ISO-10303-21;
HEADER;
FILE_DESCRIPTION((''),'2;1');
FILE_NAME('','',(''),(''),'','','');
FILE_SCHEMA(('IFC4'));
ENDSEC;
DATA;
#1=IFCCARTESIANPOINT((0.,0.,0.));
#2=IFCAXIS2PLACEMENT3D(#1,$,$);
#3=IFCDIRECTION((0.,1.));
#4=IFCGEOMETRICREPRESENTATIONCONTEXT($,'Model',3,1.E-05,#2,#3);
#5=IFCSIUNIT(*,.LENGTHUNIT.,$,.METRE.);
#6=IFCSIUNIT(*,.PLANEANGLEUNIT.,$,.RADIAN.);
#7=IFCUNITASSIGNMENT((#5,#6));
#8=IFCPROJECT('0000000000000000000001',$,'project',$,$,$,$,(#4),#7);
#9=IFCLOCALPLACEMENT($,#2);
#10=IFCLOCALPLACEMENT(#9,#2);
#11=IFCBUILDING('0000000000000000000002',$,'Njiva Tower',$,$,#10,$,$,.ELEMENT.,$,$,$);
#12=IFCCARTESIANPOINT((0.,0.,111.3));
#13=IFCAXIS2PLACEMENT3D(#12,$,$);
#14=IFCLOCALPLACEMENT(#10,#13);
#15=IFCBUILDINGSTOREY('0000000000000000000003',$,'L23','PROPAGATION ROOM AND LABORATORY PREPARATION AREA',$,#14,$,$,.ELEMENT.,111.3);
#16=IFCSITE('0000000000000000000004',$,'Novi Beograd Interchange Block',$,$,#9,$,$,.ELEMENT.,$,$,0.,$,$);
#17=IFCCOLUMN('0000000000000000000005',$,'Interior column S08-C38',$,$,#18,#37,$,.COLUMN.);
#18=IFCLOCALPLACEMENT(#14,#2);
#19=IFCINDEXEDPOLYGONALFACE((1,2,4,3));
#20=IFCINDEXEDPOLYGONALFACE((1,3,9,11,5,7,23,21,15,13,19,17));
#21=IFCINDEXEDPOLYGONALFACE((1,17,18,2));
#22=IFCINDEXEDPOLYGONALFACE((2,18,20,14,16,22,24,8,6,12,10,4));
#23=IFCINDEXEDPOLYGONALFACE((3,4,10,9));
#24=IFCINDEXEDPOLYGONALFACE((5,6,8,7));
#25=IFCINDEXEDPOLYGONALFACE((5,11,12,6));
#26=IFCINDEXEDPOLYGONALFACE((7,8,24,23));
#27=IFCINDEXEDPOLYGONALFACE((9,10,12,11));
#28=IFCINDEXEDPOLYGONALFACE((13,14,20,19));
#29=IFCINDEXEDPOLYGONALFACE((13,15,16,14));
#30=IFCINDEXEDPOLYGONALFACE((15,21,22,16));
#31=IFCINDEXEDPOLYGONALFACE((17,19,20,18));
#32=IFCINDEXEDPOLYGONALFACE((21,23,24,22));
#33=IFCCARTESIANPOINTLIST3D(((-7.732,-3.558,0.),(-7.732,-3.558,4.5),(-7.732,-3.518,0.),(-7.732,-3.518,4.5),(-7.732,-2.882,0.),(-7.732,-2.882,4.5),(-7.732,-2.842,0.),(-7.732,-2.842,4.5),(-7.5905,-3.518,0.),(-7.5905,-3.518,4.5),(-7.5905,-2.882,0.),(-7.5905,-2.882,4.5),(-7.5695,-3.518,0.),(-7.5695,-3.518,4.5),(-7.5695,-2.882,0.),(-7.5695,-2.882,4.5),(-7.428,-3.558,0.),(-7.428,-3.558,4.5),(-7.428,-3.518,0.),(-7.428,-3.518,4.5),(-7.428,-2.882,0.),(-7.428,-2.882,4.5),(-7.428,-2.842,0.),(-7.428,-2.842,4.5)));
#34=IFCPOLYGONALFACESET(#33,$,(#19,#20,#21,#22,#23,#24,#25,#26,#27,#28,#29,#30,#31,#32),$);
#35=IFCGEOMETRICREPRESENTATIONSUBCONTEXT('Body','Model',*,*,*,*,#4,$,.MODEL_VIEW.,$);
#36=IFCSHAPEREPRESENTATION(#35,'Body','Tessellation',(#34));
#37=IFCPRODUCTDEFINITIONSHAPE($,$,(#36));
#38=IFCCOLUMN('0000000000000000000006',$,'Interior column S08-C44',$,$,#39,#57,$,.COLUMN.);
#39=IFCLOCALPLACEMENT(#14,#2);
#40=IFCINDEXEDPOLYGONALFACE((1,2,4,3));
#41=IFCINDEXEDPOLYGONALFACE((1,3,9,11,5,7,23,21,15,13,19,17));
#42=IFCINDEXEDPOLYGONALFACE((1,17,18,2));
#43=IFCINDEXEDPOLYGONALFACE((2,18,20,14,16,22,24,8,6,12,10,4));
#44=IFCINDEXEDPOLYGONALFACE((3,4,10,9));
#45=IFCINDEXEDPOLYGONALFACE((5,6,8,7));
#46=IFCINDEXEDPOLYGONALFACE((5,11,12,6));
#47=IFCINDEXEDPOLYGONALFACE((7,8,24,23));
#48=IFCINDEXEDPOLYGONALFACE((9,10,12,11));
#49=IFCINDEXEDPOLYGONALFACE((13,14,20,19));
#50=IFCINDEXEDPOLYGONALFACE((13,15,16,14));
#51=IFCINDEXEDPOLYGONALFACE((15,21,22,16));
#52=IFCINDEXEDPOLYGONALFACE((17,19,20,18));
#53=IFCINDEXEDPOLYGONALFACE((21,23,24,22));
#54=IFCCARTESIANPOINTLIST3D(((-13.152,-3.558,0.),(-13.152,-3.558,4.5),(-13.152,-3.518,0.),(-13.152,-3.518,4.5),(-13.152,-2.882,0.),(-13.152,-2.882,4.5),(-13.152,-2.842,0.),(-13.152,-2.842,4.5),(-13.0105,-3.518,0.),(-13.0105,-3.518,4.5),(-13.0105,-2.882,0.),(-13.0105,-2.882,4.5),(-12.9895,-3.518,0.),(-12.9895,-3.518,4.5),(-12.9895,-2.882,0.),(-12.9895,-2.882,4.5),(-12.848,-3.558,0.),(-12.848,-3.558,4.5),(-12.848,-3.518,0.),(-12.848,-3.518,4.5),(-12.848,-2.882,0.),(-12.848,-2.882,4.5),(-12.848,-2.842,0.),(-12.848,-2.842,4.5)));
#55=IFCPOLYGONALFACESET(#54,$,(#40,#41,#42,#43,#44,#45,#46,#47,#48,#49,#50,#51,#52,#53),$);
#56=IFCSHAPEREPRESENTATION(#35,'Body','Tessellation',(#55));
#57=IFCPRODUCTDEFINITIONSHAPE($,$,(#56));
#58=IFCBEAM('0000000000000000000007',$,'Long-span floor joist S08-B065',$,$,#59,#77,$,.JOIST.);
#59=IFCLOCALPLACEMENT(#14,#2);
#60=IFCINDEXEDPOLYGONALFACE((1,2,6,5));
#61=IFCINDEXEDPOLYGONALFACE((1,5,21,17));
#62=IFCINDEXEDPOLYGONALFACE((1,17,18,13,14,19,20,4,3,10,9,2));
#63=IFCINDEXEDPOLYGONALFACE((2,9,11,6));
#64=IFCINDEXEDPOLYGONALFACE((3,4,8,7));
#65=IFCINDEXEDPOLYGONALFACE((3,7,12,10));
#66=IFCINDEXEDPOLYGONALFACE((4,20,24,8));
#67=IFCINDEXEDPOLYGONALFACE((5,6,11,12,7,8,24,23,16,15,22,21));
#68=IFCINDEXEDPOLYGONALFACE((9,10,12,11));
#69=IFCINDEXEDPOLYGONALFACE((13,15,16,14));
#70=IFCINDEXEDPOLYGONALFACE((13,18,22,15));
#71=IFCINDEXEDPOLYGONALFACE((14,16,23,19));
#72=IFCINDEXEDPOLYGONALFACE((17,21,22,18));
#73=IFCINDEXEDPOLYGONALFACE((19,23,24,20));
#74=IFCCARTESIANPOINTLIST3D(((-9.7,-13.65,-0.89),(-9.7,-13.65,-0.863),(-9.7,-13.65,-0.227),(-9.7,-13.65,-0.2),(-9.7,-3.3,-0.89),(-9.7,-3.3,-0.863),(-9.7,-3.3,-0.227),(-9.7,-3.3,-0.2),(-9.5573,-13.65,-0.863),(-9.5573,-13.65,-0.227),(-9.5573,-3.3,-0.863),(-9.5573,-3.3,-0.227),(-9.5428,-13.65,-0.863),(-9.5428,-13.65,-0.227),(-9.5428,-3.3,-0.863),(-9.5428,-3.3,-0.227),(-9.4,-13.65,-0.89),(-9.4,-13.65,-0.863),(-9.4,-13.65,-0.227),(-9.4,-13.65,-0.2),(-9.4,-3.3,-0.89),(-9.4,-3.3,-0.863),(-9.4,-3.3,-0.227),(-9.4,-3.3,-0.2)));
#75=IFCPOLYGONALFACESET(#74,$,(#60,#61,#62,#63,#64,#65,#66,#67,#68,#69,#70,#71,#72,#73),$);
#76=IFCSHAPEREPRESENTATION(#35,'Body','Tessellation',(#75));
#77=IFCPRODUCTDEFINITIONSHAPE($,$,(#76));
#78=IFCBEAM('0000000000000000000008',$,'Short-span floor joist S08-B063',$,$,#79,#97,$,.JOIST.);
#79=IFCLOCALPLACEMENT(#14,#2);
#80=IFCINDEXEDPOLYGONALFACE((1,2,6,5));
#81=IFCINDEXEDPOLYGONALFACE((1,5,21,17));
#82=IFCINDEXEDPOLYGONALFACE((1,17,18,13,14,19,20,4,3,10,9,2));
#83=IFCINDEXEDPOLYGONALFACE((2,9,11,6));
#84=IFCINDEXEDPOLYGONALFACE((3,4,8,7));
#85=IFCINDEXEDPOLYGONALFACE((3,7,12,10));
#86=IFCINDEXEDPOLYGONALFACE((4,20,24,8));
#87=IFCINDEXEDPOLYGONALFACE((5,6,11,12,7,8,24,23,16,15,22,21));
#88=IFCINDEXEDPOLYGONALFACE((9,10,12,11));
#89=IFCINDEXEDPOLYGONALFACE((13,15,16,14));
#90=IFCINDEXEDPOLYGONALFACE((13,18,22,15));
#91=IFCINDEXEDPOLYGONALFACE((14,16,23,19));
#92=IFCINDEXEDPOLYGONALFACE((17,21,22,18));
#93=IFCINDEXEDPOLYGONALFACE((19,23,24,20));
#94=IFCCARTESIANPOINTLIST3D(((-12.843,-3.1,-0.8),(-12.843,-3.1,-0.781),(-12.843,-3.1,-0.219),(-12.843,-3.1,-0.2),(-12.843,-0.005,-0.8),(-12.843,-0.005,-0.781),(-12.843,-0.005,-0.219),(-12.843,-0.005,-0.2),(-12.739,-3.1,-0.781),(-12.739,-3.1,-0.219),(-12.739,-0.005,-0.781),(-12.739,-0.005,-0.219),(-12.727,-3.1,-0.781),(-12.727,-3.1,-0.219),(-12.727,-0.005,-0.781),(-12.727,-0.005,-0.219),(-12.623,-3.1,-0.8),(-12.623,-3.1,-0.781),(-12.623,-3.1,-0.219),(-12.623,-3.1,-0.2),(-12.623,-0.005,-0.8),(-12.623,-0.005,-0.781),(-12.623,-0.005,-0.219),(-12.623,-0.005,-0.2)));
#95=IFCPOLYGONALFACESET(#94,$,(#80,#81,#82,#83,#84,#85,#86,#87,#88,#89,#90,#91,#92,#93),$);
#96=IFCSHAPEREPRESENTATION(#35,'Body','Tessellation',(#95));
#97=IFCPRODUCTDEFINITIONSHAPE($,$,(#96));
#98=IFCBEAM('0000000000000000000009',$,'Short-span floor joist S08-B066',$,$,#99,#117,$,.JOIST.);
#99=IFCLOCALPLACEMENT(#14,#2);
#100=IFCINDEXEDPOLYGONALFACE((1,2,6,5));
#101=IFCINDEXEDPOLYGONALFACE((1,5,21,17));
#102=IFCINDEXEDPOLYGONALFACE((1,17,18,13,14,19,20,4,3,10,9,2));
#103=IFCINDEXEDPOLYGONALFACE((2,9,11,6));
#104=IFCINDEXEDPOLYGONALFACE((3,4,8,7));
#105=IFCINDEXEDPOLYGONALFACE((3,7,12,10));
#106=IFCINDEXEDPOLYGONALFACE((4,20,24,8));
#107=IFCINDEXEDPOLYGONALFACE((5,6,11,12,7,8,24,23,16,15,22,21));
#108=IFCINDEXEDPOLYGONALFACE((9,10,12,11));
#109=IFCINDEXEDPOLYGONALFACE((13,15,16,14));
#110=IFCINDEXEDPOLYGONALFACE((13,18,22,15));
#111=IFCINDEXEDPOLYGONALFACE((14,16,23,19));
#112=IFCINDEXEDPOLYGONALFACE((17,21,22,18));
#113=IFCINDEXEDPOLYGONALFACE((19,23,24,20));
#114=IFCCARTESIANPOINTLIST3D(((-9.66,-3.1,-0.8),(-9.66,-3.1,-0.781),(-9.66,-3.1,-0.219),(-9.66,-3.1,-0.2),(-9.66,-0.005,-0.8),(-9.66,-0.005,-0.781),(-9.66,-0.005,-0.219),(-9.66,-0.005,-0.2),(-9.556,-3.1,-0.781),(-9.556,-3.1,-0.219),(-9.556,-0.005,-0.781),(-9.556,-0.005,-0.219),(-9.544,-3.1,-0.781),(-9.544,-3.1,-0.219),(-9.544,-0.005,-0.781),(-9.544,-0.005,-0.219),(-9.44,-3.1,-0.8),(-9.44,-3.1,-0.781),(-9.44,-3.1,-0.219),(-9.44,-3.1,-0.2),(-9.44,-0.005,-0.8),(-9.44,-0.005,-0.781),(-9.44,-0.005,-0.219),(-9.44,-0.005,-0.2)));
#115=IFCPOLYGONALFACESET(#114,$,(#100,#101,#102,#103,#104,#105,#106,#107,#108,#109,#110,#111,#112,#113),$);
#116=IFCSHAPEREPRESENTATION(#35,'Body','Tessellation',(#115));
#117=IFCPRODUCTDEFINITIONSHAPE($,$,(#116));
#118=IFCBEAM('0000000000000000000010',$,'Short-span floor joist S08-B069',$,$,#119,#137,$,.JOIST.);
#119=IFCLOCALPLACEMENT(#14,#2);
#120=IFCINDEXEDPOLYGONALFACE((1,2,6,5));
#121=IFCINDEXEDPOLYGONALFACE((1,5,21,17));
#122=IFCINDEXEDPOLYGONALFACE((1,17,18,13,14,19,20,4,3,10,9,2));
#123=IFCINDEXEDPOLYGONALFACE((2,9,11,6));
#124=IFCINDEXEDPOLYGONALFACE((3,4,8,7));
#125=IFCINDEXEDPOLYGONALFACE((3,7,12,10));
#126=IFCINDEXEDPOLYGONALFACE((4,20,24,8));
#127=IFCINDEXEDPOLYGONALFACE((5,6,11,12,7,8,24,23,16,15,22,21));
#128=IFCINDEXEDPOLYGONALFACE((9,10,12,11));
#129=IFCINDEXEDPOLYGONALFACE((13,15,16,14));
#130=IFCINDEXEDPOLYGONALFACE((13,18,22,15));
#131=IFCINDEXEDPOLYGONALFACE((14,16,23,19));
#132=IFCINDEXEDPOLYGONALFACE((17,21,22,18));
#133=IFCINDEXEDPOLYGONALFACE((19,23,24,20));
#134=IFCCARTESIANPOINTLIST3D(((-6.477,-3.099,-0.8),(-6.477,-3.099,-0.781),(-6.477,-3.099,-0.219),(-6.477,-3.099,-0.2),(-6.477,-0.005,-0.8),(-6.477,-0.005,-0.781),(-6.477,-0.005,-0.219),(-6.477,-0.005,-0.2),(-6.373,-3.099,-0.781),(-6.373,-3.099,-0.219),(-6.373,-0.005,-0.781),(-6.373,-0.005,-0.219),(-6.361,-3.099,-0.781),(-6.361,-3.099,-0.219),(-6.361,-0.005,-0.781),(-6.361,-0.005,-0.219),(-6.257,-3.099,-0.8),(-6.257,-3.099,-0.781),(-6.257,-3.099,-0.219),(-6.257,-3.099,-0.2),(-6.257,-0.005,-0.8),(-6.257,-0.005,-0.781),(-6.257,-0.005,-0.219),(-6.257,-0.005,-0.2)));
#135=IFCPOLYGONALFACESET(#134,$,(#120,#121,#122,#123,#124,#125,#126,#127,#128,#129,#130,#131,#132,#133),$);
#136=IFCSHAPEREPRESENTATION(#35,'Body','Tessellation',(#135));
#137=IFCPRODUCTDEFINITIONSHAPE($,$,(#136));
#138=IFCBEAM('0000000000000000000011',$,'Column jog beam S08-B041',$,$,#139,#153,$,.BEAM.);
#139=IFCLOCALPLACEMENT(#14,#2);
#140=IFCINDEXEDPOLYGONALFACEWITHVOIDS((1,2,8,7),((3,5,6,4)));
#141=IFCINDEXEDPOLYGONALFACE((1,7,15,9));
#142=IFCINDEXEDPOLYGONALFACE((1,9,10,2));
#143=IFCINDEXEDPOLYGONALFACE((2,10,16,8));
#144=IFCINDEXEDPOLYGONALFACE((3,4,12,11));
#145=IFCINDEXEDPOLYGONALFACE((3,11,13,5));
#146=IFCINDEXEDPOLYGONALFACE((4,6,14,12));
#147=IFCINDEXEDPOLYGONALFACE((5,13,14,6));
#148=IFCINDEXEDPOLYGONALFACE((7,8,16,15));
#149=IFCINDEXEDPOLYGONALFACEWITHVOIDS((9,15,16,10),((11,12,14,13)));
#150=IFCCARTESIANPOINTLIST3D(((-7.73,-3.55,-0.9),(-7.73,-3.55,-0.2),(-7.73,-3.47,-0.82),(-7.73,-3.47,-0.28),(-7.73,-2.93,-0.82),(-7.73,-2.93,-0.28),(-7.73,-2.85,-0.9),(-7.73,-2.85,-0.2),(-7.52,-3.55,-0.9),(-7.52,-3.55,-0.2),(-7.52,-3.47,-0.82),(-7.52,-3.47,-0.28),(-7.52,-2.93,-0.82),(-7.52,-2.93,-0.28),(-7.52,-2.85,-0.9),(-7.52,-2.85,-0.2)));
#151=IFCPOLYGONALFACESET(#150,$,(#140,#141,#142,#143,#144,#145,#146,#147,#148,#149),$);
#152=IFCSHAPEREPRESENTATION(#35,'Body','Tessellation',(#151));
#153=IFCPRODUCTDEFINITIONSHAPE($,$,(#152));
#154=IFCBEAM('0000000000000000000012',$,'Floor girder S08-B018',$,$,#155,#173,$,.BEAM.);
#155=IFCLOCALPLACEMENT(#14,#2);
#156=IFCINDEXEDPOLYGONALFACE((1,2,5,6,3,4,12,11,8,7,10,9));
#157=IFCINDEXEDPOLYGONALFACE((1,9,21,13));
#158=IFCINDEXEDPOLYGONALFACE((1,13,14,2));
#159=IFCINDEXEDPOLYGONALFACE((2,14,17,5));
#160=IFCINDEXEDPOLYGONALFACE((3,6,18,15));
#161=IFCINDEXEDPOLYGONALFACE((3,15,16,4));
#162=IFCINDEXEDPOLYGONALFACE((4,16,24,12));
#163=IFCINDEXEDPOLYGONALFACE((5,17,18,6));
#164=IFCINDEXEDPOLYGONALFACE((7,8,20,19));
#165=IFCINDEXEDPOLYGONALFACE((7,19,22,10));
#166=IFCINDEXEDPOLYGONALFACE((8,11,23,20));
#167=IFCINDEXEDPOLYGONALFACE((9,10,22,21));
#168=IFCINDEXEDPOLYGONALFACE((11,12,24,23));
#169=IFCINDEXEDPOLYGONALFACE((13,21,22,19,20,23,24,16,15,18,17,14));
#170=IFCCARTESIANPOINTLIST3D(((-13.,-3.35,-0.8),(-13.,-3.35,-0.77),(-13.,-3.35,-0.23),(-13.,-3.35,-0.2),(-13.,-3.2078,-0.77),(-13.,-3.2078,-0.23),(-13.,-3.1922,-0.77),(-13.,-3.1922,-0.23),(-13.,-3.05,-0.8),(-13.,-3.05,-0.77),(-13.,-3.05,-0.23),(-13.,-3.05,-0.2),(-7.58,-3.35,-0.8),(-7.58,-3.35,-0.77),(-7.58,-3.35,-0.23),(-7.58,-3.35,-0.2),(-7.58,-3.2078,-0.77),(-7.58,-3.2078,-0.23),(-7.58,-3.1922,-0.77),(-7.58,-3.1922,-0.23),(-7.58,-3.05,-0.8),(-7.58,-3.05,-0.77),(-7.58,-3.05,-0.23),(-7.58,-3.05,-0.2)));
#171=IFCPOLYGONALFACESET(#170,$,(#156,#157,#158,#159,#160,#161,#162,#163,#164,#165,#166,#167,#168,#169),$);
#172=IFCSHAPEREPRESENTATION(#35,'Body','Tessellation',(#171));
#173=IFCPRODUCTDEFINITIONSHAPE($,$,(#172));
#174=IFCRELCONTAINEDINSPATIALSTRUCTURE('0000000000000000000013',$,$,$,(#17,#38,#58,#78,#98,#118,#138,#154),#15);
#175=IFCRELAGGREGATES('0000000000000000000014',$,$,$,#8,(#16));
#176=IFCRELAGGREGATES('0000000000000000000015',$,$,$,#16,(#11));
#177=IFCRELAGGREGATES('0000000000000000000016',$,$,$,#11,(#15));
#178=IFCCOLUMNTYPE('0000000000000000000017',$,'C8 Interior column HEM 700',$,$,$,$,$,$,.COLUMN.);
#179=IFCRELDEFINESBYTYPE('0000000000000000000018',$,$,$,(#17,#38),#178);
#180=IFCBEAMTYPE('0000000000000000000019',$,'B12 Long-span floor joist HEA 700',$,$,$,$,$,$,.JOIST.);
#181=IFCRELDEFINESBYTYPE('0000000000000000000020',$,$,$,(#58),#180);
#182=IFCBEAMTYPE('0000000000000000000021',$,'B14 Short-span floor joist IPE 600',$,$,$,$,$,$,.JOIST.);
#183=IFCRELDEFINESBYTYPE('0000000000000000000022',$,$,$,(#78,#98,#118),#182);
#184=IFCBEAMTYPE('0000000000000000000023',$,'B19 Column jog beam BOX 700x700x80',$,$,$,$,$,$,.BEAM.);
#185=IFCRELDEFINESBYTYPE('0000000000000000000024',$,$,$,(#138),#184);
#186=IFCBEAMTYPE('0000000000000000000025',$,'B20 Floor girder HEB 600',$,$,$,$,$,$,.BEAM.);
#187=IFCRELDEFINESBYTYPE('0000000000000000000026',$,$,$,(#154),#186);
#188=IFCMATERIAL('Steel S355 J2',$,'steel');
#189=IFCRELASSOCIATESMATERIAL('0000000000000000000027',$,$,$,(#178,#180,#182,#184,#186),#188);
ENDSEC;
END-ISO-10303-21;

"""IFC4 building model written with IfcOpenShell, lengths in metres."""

from ifc_helpers import new_model, si_unit, direction, frame, origin, origin_2d, place, context, subcontext, project, spatial, hollow_rectangle, i_section, extrude, material, material_profile, profile_set, type_object, element, save


model = new_model("IFC4")

# Units and contexts
model_context = context("Model", 3, precision=1e-05, world=origin(), true_north=direction((0.0, 1.0)))
body_context = subcontext(model_context, "Body", "Model", "MODEL_VIEW")
ifc_project = project(units=[si_unit("LENGTHUNIT", "METRE"), si_unit("PLANEANGLEUNIT", "RADIAN")], contexts=[model_context])

# Site, building, storey
site_placement = place(None, origin())
site = spatial("IfcSite", under=ifc_project, at=site_placement, Name="Novi Beograd Interchange Block", CompositionType="ELEMENT", RefElevation=0.0)
building_placement = place(site_placement, origin())
building = spatial("IfcBuilding", under=site, at=building_placement, Name="Njiva Tower", CompositionType="ELEMENT")
storey_placement = place(building_placement, frame((0.0, 0.0, 111.3)))
storey = spatial("IfcBuildingStorey", under=building, at=storey_placement, Name="L23", Description="PROPAGATION ROOM AND LABORATORY PREPARATION AREA", CompositionType="ELEMENT", Elevation=111.3)

# Columns
ifc_material_1 = material(Name="Steel S355 J2", Category="steel")
ifc_material_profile_1 = material_profile(ifc_material_1, i_section(OverallWidth=0.304, OverallDepth=0.716, WebThickness=0.021, FlangeThickness=0.04, at=origin_2d()), Name="HEM 700")
ifc_profile_set_1 = profile_set([ifc_material_profile_1], Name="Steel S355 J2")
column_type = type_object("IfcColumnType", Name="C8 Interior column HEM 700", PredefinedType="COLUMN", material=ifc_profile_set_1)
for number, where, z_axis, x_axis, name in (
    (1, (-7.58, -3.2, 0.0), (0.0, 0.0, 1.0), (1.0, 0.0, 0.0), "Interior column S08-C38"),
    (2, (-13.0, -3.2, 0.0), (0.0, 0.0, 1.0), (1.0, 0.0, 0.0), "Interior column S08-C44"),
):
    element("IfcColumn", number, at=place(storey_placement, frame(where, z_axis=z_axis, x_axis=x_axis)), inside=storey, type_object=column_type, Name=name, PredefinedType="COLUMN", context=body_context, shape_type="SweptSolid", body=[
        extrude(i_section(OverallWidth=0.304, OverallDepth=0.716, WebThickness=0.021, FlangeThickness=0.04, at=origin_2d()), origin(), (0.0, 0.0, 1.0), 4.5),
    ])

# Beams
ifc_material_profile_2 = material_profile(ifc_material_1, i_section(OverallWidth=0.3, OverallDepth=0.69, WebThickness=0.0145, FlangeThickness=0.027, at=origin_2d()), Name="HEA 700")
ifc_profile_set_2 = profile_set([ifc_material_profile_2], Name="Steel S355 J2")
beam_type_1 = type_object("IfcBeamType", Name="B12 Long-span floor joist HEA 700", PredefinedType="JOIST", material=ifc_profile_set_2)
beam_1_placement = place(storey_placement, frame((-9.55, -3.3, -0.545), z_axis=(0.0, -1.0, 0.0), x_axis=(1.0, 0.0, 0.0)))
element("IfcBeam", 3, at=beam_1_placement, inside=storey, type_object=beam_type_1, Name="Long-span floor joist S08-B065", PredefinedType="JOIST", context=body_context, shape_type="SweptSolid", body=[
    extrude(i_section(OverallWidth=0.3, OverallDepth=0.69, WebThickness=0.0145, FlangeThickness=0.027, at=origin_2d()), origin(), (0.0, 0.0, 1.0), 10.35),
])
ifc_material_profile_3 = material_profile(ifc_material_1, i_section(OverallWidth=0.22, OverallDepth=0.6, WebThickness=0.012, FlangeThickness=0.019, at=origin_2d()), Name="IPE 600")
ifc_profile_set_3 = profile_set([ifc_material_profile_3], Name="Steel S355 J2")
beam_type_2 = type_object("IfcBeamType", Name="B14 Short-span floor joist IPE 600", PredefinedType="JOIST", material=ifc_profile_set_3)
for number, where, z_axis, x_axis, name in (
    (4, (-12.733, -0.005, -0.5), (0.0, -1.0, 0.0), (1.0, 0.0, 0.0), "Short-span floor joist S08-B063"),
    (5, (-9.55, -0.005, -0.5), (0.0, -1.0, 0.0), (1.0, 0.0, 0.0), "Short-span floor joist S08-B066"),
):
    element("IfcBeam", number, at=place(storey_placement, frame(where, z_axis=z_axis, x_axis=x_axis)), inside=storey, type_object=beam_type_2, Name=name, PredefinedType="JOIST", context=body_context, shape_type="SweptSolid", body=[
        extrude(i_section(OverallWidth=0.22, OverallDepth=0.6, WebThickness=0.012, FlangeThickness=0.019, at=origin_2d()), origin(), (0.0, 0.0, 1.0), 3.095),
    ])
beam_2_placement = place(storey_placement, frame((-6.367, -0.005, -0.5), z_axis=(0.0, -1.0, 0.0), x_axis=(1.0, 0.0, 0.0)))
element("IfcBeam", 6, at=beam_2_placement, inside=storey, type_object=beam_type_2, Name="Short-span floor joist S08-B069", PredefinedType="JOIST", context=body_context, shape_type="SweptSolid", body=[
    extrude(i_section(OverallWidth=0.22, OverallDepth=0.6, WebThickness=0.012, FlangeThickness=0.019, at=origin_2d()), origin(), (0.0, 0.0, 1.0), 3.094),
])
ifc_material_profile_4 = material_profile(ifc_material_1, hollow_rectangle(XDim=0.7, YDim=0.7, WallThickness=0.08, at=origin_2d()), Name="BOX 700x700x80")
ifc_profile_set_4 = profile_set([ifc_material_profile_4], Name="Steel S355 J2")
beam_type_3 = type_object("IfcBeamType", Name="B19 Column jog beam BOX 700x700x80", PredefinedType="BEAM", material=ifc_profile_set_4)
beam_3_placement = place(storey_placement, frame((-7.73, -3.2, -0.55), z_axis=(1.0, 0.0, 0.0), x_axis=(0.0, 1.0, 0.0)))
element("IfcBeam", 7, at=beam_3_placement, inside=storey, type_object=beam_type_3, Name="Column jog beam S08-B041", PredefinedType="BEAM", context=body_context, shape_type="SweptSolid", body=[
    extrude(hollow_rectangle(XDim=0.7, YDim=0.7, WallThickness=0.08, at=origin_2d()), origin(), (0.0, 0.0, 1.0), 0.21),
])
ifc_material_profile_5 = material_profile(ifc_material_1, i_section(OverallWidth=0.3, OverallDepth=0.6, WebThickness=0.0155, FlangeThickness=0.03, at=origin_2d()), Name="HEB 600")
ifc_profile_set_5 = profile_set([ifc_material_profile_5], Name="Steel S355 J2")
beam_type_4 = type_object("IfcBeamType", Name="B20 Floor girder HEB 600", PredefinedType="BEAM", material=ifc_profile_set_5)
beam_4_placement = place(storey_placement, frame((-13.0, -3.2, -0.5), z_axis=(1.0, 0.0, 0.0), x_axis=(0.0, 1.0, 0.0)))
element("IfcBeam", 8, at=beam_4_placement, inside=storey, type_object=beam_type_4, Name="Floor girder S08-B018", PredefinedType="BEAM", context=body_context, shape_type="SweptSolid", body=[
    extrude(i_section(OverallWidth=0.3, OverallDepth=0.6, WebThickness=0.0155, FlangeThickness=0.03, at=origin_2d()), origin(), (0.0, 0.0, 1.0), 5.42),
])

save(model, "model.ifc")
